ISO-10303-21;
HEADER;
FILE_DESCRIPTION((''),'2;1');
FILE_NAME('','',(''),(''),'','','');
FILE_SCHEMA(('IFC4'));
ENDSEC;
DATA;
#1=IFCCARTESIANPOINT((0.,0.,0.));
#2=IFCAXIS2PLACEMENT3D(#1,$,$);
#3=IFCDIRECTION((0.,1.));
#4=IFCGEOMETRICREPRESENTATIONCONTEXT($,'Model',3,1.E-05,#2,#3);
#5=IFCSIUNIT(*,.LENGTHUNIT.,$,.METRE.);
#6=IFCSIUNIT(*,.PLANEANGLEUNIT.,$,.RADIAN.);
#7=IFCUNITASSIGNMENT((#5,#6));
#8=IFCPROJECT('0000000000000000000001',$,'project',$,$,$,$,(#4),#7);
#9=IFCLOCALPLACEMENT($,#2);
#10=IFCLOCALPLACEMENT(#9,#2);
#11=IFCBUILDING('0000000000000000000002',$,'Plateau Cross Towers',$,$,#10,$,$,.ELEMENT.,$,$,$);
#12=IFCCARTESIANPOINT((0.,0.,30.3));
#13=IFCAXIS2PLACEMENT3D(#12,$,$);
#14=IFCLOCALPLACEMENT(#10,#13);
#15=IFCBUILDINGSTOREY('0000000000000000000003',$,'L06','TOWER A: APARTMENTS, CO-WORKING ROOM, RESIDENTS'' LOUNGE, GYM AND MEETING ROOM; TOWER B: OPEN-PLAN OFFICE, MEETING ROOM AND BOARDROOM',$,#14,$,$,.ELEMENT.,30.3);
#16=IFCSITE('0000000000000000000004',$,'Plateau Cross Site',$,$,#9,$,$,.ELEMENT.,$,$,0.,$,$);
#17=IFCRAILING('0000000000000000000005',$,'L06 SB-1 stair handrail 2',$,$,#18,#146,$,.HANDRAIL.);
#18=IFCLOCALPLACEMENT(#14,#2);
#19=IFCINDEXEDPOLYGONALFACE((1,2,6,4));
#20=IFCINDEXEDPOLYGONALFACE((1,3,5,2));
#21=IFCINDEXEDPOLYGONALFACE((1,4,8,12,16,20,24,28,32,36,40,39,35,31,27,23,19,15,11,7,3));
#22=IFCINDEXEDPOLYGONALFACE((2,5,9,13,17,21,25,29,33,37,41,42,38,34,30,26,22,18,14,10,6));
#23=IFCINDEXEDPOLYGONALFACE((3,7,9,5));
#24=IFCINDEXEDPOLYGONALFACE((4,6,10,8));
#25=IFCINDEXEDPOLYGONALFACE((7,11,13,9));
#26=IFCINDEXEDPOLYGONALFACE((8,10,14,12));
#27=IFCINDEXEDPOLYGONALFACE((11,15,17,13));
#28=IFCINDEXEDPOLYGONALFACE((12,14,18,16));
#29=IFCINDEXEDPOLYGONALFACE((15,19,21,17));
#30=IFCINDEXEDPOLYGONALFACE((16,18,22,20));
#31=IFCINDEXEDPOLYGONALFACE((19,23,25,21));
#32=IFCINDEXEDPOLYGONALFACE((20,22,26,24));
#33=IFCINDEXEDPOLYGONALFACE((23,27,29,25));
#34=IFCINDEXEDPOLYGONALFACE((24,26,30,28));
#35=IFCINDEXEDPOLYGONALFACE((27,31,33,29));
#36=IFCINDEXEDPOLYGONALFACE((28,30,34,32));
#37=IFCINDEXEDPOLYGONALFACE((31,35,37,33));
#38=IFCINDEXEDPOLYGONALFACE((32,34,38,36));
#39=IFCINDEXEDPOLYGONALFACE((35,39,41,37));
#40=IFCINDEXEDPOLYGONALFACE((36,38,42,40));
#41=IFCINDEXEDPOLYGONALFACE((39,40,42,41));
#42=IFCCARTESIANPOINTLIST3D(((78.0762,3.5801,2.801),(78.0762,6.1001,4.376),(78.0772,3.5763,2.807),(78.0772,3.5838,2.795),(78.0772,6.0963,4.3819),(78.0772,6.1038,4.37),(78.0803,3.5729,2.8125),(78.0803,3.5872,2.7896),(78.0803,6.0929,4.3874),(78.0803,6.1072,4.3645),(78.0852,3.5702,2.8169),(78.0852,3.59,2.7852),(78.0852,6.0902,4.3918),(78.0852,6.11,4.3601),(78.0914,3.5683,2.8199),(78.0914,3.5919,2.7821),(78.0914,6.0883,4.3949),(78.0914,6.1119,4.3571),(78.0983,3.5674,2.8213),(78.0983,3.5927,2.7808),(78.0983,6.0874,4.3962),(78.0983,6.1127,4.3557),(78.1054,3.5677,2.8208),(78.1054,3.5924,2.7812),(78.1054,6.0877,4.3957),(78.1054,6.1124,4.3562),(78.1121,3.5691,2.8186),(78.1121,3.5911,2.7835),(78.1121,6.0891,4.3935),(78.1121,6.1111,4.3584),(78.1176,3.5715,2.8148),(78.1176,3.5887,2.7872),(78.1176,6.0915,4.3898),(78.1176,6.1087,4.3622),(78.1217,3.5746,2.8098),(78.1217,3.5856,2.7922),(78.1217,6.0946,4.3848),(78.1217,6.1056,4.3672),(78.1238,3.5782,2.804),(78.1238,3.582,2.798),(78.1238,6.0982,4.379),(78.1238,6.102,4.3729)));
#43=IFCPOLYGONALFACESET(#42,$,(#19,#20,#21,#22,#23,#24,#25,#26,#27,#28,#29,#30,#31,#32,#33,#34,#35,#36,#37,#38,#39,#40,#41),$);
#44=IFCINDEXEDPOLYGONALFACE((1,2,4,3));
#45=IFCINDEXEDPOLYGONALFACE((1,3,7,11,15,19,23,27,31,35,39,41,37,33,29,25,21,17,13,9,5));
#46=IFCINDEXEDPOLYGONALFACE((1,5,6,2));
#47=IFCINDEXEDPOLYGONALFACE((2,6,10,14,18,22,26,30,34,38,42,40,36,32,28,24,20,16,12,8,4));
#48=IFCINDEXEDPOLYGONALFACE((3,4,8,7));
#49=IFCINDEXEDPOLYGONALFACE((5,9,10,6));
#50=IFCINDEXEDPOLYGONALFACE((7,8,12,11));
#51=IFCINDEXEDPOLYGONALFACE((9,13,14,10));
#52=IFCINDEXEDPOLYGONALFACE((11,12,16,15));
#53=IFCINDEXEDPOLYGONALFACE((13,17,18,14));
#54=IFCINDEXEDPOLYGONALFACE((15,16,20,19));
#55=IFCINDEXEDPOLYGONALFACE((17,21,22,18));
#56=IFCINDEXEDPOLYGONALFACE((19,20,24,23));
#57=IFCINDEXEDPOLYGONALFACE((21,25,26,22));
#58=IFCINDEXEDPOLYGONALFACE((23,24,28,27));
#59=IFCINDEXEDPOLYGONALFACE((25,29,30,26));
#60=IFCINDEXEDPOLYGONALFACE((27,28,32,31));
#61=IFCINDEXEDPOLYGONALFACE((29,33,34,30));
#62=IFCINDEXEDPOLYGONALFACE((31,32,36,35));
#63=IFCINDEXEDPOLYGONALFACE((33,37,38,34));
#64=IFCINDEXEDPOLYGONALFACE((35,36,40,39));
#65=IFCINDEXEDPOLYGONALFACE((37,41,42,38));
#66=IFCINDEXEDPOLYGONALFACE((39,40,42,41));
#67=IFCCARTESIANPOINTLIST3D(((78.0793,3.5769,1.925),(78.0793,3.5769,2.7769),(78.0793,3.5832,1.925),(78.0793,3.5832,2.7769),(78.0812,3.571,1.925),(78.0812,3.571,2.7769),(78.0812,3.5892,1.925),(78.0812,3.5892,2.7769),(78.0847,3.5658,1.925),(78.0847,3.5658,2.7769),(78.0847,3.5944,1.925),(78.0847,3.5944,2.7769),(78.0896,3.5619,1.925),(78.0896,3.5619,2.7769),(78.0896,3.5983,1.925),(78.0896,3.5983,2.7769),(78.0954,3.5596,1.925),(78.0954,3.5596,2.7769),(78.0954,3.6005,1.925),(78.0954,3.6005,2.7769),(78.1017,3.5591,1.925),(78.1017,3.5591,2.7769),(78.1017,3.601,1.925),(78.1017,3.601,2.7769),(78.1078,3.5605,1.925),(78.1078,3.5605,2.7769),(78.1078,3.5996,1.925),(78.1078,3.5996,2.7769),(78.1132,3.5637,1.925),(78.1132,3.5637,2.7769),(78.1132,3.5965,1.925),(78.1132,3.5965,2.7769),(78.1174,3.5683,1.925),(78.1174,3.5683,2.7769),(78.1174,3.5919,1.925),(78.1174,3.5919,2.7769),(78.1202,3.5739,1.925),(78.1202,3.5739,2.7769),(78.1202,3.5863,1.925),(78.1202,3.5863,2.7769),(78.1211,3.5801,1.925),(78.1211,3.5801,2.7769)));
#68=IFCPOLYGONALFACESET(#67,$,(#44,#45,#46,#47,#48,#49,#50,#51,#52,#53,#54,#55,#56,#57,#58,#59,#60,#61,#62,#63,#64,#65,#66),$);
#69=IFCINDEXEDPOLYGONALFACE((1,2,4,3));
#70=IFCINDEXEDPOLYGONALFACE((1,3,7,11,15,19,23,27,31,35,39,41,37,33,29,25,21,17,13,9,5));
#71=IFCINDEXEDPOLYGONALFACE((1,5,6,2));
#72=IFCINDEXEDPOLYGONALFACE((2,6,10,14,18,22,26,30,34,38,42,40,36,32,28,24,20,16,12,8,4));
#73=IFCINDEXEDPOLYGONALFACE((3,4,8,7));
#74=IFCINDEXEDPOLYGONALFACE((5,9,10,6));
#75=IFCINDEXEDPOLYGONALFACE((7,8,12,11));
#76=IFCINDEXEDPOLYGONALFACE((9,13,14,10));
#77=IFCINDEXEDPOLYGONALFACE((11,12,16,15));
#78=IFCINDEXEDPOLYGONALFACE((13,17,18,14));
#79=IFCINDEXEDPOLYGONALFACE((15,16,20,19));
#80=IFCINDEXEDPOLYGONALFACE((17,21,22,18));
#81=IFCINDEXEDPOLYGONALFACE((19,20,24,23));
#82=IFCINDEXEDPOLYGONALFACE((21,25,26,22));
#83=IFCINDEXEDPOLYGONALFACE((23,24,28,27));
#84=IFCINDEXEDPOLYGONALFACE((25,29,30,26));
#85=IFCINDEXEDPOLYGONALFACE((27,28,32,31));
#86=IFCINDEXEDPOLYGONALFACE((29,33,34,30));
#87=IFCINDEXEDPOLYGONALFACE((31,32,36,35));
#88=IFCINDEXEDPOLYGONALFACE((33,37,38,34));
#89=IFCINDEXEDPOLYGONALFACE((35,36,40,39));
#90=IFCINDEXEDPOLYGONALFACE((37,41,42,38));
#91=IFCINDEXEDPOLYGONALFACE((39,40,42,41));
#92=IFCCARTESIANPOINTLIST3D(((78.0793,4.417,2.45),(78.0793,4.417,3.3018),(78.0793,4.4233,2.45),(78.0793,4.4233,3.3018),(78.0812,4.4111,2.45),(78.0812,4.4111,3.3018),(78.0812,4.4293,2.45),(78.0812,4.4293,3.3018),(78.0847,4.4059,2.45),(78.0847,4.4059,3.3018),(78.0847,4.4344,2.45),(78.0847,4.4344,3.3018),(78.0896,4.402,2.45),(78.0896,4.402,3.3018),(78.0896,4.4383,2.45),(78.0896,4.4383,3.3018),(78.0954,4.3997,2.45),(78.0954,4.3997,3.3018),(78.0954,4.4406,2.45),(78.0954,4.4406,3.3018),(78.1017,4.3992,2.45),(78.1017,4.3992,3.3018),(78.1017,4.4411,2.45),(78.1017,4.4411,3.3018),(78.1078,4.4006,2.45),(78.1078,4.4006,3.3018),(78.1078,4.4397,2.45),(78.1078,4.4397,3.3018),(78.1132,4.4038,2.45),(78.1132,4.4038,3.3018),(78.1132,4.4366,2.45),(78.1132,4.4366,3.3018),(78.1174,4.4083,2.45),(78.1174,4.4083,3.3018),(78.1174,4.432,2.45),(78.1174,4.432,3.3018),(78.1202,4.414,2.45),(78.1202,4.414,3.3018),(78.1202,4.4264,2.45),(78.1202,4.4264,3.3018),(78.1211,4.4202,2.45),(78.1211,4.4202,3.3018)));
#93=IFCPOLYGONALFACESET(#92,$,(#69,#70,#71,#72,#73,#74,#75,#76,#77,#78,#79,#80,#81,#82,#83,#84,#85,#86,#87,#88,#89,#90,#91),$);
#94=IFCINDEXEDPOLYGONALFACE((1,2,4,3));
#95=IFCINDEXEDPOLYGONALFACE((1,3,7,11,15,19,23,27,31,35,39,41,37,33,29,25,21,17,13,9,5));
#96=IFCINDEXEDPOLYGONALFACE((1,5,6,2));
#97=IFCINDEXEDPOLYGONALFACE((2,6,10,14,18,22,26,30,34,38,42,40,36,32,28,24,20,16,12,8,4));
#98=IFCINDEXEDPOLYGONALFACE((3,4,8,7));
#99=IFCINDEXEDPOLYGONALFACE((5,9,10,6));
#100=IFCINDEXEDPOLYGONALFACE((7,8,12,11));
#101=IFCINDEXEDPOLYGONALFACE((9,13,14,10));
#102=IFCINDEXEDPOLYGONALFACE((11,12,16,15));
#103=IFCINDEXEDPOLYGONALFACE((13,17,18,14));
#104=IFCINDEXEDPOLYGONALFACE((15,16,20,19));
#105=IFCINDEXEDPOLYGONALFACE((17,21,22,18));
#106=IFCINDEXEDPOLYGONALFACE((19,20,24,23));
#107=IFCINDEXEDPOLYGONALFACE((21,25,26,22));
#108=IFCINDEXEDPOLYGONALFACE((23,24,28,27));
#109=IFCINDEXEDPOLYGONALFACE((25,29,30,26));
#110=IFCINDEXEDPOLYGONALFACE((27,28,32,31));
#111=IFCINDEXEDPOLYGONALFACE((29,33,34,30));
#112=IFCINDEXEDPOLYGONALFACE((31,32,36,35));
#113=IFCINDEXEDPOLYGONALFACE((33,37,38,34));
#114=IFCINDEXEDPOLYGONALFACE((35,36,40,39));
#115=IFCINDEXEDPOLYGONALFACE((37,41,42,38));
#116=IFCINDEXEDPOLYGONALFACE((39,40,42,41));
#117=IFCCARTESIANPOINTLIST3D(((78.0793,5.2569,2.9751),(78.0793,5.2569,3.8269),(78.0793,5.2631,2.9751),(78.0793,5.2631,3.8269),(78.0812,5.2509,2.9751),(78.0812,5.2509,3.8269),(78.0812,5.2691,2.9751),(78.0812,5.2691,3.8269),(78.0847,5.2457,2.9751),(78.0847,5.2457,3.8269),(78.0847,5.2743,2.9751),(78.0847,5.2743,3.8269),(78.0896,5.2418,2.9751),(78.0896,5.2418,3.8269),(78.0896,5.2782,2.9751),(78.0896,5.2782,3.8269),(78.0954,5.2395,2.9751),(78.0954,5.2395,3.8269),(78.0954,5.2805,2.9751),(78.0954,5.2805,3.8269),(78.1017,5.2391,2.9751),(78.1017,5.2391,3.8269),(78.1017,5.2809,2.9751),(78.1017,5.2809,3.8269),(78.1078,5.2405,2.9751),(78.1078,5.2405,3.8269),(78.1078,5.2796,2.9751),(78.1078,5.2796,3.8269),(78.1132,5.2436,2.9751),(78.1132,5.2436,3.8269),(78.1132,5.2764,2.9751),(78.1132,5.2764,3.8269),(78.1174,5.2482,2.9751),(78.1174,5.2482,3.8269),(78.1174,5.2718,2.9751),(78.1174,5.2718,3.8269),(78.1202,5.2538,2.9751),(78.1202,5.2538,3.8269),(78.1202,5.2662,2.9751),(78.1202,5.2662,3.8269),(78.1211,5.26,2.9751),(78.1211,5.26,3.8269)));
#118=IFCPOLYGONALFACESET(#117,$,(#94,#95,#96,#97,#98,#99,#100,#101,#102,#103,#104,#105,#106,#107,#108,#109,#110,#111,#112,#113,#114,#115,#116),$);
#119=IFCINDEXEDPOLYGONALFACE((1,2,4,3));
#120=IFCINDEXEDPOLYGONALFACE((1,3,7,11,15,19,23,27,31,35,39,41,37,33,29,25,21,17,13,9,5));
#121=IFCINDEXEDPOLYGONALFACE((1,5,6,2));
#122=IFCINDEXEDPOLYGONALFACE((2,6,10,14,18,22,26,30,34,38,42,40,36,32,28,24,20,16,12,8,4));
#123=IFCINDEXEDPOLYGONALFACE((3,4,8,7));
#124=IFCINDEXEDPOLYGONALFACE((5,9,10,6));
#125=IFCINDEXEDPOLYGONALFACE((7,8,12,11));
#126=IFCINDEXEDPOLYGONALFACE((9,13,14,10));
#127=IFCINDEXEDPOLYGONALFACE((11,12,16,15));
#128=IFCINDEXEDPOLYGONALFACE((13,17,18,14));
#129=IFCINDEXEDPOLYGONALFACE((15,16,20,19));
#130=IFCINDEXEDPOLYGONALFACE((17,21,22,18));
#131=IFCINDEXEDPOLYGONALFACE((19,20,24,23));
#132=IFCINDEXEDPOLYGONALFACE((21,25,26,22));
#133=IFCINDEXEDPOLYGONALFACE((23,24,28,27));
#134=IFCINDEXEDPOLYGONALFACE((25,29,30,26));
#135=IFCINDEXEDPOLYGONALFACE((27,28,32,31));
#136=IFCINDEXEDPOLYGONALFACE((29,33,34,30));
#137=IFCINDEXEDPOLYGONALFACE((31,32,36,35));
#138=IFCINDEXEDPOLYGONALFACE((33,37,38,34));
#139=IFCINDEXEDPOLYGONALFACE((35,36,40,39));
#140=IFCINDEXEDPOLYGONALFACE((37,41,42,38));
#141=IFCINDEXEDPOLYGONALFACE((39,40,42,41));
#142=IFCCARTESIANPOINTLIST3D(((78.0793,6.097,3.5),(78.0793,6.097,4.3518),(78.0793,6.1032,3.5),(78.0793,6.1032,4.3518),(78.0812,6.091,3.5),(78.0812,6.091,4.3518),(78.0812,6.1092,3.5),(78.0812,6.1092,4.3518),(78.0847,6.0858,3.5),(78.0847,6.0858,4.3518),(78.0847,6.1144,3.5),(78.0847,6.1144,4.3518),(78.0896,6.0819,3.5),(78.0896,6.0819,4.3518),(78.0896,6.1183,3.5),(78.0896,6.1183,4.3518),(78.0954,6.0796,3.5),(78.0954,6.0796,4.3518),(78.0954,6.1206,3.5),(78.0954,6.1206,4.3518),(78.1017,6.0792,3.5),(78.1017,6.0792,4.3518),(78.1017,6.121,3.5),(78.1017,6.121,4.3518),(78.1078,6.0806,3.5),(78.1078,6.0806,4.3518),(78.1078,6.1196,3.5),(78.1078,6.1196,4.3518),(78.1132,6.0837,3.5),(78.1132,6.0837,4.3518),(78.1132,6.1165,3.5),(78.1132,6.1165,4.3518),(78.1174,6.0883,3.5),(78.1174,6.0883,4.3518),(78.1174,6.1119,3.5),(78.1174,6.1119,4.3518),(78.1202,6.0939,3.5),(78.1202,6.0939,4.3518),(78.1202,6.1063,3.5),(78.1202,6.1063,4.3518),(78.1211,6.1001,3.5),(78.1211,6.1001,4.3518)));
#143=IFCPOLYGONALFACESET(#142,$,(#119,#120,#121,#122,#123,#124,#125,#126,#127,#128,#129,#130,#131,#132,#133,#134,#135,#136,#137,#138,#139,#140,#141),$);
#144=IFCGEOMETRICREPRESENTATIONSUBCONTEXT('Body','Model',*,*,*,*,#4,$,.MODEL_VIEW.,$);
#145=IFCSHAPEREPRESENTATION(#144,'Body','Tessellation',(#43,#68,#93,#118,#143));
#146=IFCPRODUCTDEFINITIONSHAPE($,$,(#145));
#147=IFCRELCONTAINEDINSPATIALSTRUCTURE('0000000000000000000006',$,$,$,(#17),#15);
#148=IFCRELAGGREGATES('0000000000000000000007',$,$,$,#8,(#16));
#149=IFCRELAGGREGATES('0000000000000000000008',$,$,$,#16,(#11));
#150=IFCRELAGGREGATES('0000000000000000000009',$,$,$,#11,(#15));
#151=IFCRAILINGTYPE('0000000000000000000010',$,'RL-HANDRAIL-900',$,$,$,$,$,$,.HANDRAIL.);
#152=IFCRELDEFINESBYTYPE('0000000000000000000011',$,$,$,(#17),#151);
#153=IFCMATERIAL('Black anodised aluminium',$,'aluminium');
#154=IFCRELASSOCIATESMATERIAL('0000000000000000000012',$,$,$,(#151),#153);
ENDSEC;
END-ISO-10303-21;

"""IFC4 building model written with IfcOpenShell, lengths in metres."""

from ifc_helpers import new_model, si_unit, direction, frame, origin, origin_2d, place, context, subcontext, project, spatial, circle, extrude, material, type_object, element, save


model = new_model("IFC4")

# Units and contexts
model_context = context("Model", 3, precision=1e-05, world=origin(), true_north=direction((0.0, 1.0)))
body_context = subcontext(model_context, "Body", "Model", "MODEL_VIEW")
ifc_project = project(units=[si_unit("LENGTHUNIT", "METRE"), si_unit("PLANEANGLEUNIT", "RADIAN")], contexts=[model_context])

# Site, building, storey
site_placement = place(None, origin())
site = spatial("IfcSite", under=ifc_project, at=site_placement, Name="Plateau Cross Site", CompositionType="ELEMENT", RefElevation=0.0)
building_placement = place(site_placement, origin())
building = spatial("IfcBuilding", under=site, at=building_placement, Name="Plateau Cross Towers", CompositionType="ELEMENT")
storey_placement = place(building_placement, frame((0.0, 0.0, 30.3)))
storey = spatial("IfcBuildingStorey", under=building, at=storey_placement, Name="L06", Description="TOWER A: APARTMENTS, CO-WORKING ROOM, RESIDENTS' LOUNGE, GYM AND MEETING ROOM; TOWER B: OPEN-PLAN OFFICE, MEETING ROOM AND BOARDROOM", CompositionType="ELEMENT", Elevation=30.3)

# Shared definitions
ifc_material_1 = material(Name="Black anodised aluminium", Category="aluminium")

# Railing
railing_type_1 = type_object("IfcRailingType", Name="RL-HANDRAIL-900", PredefinedType="HANDRAIL", material=ifc_material_1)
railing_1_placement = place(storey_placement, frame((78.1001, 3.5801, 1.925)))
element("IfcRailing", 1, at=railing_1_placement, inside=storey, type_object=railing_type_1, Name="L06 SB-1 stair handrail 2", PredefinedType="HANDRAIL", context=body_context, shape_type="SweptSolid", body=[
    extrude(circle(Radius=0.0239, at=origin_2d()), frame((0.0, 0.0, 0.876), z_axis=(0.0, 0.848008, 0.529984), x_axis=(-1.0, 0.0, 0.0)), (0.0, 0.0, 1.0), 2.9717),
    extrude(circle(Radius=0.021, at=origin_2d()), origin(), (0.0, 0.0, 1.0), 0.8518),
    extrude(circle(Radius=0.021, at=origin_2d()), frame((0.0, 0.8401, 0.5249)), (0.0, 0.0, 1.0), 0.8518),
    extrude(circle(Radius=0.021, at=origin_2d()), frame((0.0, 1.6799, 1.05)), (0.0, 0.0, 1.0), 0.8518),
    extrude(circle(Radius=0.021, at=origin_2d()), frame((0.0, 2.52, 1.575)), (0.0, 0.0, 1.0), 0.8518),
])

save(model, "model.ifc")
